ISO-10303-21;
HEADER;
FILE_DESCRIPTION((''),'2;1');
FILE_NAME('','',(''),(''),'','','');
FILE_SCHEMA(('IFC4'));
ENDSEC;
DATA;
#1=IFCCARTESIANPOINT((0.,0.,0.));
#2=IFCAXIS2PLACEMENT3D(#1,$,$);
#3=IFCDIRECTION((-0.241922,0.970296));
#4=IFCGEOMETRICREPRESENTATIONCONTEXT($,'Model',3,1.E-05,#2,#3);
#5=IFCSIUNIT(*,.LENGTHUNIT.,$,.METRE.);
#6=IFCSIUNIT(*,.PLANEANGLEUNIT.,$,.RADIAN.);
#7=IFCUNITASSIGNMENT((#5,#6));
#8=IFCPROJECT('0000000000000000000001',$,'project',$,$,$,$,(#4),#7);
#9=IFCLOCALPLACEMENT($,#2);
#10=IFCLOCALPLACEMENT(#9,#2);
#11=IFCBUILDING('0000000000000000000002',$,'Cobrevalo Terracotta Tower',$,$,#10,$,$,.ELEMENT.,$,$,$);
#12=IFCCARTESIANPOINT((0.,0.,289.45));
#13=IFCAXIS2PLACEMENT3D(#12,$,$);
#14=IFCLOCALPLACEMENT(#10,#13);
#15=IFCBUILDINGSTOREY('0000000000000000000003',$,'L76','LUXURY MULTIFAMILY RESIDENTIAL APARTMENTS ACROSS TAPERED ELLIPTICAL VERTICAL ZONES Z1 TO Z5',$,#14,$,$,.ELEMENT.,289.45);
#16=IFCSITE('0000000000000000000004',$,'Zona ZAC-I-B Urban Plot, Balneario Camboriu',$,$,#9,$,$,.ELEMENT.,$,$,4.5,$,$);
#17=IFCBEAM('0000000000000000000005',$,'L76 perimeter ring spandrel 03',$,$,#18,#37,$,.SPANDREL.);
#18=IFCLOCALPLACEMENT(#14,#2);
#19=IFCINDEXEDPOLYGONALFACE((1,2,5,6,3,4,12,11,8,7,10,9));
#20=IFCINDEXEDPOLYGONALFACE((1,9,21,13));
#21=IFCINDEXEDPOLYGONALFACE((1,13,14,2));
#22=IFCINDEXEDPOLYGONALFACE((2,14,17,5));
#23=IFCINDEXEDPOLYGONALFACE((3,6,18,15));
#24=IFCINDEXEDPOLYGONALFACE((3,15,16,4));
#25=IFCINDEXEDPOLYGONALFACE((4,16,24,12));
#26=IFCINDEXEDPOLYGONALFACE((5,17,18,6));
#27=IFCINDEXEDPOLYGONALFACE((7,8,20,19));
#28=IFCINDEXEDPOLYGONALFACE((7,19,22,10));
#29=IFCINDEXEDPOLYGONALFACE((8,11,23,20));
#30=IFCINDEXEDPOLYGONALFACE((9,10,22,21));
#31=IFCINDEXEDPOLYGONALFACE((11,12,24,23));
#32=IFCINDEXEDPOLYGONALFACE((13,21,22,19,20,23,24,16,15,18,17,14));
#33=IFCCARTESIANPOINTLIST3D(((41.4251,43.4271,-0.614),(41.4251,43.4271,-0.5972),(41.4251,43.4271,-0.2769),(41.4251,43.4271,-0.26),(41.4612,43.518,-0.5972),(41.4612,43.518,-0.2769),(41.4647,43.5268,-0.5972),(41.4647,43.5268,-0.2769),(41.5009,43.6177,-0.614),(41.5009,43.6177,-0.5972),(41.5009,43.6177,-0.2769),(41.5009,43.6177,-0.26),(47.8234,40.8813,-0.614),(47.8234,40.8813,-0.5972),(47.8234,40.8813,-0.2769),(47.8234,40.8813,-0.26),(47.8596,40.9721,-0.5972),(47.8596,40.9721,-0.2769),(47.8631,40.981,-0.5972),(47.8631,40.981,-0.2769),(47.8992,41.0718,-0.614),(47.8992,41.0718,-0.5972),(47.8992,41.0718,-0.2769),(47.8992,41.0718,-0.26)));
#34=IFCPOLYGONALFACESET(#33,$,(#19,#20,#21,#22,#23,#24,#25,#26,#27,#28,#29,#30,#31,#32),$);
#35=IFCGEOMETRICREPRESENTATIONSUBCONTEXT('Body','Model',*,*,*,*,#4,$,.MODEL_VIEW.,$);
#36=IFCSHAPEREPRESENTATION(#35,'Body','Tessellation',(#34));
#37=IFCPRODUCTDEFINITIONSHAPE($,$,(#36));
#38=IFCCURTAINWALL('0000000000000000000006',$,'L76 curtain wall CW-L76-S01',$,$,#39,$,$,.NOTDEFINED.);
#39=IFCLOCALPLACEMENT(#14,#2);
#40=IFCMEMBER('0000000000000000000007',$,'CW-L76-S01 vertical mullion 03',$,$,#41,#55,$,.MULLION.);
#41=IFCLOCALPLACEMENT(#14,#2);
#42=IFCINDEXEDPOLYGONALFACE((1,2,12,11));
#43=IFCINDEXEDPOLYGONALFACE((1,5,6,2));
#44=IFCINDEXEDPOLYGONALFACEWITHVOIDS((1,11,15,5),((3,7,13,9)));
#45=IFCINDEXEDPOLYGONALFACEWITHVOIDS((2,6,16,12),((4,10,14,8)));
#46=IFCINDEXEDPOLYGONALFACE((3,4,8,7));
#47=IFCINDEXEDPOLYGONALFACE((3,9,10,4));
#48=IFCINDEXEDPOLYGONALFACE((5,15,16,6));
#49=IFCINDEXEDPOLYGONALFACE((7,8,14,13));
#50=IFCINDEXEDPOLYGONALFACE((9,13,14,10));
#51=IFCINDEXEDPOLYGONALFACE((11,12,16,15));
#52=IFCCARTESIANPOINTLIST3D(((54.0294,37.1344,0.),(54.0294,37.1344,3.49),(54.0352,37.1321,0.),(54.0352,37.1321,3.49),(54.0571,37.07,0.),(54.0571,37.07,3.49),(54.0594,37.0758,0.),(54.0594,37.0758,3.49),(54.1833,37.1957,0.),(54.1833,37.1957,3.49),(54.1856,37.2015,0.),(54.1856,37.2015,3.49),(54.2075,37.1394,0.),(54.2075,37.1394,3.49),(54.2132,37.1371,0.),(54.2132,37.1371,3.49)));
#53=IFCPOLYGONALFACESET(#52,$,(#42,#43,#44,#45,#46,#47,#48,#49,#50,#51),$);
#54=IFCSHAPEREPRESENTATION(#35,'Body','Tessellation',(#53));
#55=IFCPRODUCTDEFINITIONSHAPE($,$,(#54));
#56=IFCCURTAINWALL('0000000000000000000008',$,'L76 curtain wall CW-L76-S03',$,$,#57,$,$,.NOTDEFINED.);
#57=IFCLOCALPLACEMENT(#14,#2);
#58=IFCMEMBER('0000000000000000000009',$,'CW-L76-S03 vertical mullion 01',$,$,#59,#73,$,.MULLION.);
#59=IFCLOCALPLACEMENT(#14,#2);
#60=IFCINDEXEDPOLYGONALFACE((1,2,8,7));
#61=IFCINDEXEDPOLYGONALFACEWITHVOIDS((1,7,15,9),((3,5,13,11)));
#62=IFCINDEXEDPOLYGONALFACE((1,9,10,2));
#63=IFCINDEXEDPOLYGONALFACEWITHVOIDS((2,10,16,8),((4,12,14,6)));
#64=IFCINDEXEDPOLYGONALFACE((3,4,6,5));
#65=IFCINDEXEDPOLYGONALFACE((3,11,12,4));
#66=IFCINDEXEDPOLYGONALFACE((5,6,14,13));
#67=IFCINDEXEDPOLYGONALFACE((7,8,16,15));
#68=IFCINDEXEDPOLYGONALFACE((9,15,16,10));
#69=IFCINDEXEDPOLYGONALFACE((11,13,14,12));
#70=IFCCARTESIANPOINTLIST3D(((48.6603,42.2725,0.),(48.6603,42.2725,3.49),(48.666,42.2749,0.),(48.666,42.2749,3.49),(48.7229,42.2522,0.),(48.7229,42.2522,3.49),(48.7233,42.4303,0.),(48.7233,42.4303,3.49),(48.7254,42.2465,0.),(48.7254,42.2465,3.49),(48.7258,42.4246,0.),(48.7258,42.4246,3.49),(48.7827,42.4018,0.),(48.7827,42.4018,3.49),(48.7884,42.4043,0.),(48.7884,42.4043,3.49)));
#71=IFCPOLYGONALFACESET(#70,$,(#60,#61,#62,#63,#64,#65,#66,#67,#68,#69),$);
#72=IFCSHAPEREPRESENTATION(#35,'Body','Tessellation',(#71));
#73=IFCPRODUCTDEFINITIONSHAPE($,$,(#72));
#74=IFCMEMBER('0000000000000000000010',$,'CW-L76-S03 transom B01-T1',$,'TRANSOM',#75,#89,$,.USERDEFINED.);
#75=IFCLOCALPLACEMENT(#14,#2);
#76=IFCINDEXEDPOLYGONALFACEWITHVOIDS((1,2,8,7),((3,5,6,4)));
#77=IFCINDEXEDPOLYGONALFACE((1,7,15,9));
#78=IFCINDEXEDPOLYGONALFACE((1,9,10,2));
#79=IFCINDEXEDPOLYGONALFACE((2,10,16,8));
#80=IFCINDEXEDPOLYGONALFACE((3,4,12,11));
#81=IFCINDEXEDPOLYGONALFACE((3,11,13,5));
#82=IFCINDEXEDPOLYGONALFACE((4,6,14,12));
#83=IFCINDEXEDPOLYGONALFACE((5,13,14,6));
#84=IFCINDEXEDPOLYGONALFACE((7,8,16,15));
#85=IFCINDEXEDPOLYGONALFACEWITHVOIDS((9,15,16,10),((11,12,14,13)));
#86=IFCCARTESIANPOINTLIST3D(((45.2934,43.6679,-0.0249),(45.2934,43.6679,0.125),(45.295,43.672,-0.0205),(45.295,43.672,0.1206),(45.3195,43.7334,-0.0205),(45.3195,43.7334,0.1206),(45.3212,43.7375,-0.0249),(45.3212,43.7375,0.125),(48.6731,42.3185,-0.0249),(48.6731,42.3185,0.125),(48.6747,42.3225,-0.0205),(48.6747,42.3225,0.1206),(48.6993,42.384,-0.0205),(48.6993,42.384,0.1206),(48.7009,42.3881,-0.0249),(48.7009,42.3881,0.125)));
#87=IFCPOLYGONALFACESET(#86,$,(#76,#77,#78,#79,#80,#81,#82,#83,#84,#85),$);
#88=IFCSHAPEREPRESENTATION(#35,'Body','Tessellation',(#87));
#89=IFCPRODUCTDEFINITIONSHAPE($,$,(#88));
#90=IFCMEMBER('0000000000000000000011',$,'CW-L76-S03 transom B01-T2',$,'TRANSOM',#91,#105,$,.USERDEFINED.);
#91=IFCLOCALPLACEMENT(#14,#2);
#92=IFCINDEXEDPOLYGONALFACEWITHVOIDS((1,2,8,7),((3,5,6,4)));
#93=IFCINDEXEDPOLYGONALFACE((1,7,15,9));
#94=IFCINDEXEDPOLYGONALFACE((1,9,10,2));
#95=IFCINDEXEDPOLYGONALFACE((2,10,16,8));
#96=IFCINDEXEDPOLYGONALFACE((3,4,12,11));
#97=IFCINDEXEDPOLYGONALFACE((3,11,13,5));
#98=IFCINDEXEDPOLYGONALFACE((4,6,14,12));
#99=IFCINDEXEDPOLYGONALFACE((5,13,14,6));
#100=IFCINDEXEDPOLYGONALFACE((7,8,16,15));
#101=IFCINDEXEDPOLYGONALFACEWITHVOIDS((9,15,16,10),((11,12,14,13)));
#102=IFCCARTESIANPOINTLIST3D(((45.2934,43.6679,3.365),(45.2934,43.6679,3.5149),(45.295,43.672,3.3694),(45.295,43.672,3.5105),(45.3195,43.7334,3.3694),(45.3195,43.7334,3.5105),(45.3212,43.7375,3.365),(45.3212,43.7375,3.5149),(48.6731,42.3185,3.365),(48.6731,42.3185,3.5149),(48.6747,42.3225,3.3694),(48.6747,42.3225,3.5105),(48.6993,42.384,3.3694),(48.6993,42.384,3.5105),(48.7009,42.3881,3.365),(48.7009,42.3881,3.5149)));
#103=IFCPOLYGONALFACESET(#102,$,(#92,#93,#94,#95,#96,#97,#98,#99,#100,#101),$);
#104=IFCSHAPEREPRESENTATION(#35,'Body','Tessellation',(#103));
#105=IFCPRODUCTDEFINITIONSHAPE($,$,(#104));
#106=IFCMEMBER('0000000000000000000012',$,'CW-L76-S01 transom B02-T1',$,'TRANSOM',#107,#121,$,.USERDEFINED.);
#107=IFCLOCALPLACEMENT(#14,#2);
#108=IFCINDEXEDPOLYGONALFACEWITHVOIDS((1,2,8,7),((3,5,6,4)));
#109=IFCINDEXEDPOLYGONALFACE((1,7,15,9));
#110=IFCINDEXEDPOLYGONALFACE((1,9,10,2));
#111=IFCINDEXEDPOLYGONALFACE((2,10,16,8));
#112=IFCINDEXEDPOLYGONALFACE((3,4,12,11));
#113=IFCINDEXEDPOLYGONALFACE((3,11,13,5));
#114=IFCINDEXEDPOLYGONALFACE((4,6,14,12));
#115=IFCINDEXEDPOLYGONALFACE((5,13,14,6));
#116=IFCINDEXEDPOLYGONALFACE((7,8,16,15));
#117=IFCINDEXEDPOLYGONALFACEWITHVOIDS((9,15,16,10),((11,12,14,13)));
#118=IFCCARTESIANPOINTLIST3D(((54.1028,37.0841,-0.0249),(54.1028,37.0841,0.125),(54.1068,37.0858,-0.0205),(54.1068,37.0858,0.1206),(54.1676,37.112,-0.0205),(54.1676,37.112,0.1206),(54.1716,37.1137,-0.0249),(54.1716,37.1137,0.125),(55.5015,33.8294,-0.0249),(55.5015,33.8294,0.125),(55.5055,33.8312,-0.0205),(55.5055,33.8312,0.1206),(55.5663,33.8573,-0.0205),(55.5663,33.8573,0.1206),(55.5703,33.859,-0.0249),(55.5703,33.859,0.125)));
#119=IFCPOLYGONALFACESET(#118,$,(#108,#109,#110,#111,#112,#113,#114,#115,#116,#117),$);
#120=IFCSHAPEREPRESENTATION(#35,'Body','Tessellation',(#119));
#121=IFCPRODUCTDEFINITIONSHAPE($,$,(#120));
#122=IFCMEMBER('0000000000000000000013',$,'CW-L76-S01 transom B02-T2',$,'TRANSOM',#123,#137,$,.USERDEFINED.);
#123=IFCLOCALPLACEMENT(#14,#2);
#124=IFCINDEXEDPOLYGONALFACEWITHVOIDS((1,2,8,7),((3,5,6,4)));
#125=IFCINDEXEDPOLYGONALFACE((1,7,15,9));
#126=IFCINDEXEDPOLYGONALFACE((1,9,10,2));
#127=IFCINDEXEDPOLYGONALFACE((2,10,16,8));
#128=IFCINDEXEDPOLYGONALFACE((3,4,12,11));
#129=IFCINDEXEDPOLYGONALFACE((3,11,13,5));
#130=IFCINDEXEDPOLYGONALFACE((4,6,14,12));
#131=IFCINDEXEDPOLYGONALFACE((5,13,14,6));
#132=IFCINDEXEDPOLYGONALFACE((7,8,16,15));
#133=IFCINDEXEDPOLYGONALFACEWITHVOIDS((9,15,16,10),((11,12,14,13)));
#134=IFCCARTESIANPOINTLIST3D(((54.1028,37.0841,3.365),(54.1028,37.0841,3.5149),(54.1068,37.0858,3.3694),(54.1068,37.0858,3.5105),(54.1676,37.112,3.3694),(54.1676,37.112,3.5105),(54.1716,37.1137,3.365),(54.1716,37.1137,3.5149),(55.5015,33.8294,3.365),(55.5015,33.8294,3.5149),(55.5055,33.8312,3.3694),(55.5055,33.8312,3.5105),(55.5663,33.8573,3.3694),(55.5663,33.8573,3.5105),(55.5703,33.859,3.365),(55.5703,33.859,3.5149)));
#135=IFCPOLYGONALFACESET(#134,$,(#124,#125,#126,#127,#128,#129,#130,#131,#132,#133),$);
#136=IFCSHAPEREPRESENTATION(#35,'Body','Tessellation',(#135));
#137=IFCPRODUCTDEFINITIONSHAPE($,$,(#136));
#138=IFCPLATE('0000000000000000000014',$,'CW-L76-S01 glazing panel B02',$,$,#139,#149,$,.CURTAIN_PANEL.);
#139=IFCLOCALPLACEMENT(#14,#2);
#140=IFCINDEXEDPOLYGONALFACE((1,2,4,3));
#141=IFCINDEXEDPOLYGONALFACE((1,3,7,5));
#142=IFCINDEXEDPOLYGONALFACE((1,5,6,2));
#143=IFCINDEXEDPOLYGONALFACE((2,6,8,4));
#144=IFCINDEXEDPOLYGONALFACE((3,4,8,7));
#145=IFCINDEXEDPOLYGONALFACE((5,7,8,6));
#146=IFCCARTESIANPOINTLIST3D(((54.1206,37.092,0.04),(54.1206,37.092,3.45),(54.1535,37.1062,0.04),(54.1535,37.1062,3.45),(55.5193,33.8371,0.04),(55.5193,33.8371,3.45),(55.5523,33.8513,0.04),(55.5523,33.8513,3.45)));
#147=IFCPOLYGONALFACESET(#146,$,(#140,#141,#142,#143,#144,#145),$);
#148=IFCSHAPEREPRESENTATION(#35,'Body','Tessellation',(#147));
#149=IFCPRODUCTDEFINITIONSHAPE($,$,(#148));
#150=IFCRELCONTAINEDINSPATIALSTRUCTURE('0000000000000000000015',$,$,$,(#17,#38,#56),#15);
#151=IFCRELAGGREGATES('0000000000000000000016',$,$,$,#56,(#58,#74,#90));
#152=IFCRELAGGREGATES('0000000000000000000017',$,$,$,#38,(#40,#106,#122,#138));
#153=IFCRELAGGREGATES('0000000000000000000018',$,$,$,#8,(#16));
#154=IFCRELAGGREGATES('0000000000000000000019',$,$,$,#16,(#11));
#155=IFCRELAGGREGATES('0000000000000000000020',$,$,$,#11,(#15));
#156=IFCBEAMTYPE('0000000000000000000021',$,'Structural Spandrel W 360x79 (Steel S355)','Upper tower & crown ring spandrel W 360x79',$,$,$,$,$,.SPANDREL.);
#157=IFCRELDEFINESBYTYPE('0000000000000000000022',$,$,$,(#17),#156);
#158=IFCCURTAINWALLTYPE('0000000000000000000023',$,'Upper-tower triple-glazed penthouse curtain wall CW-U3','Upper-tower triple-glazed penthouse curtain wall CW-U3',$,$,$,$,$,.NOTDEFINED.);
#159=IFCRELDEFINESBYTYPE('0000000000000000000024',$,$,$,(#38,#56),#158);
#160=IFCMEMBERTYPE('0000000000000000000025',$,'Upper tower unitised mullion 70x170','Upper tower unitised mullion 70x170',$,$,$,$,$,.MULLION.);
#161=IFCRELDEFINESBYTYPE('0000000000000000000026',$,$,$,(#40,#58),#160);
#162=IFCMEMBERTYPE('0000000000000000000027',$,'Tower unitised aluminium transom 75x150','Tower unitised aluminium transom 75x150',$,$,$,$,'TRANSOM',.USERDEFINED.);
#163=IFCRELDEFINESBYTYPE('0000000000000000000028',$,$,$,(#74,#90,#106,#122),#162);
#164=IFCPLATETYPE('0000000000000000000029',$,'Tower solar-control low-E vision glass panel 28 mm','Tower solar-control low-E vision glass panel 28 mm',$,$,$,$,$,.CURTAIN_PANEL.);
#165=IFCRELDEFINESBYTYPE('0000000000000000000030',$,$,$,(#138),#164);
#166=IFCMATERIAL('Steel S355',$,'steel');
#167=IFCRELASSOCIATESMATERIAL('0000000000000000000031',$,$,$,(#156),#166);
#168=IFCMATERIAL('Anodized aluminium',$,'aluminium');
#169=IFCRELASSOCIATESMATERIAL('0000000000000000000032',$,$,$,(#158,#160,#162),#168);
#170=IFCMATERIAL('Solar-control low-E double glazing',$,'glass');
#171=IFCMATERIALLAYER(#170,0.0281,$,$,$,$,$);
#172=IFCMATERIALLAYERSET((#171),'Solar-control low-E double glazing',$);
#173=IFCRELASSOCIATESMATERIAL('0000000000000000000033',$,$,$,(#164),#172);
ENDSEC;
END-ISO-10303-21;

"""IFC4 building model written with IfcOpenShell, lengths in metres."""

from ifc_helpers import new_model, si_unit, direction, frame, origin, origin_2d, place, context, subcontext, project, spatial, rectangle, hollow_rectangle, i_section, extrude, source, transform, mapped, material, layer, layer_set, material_profile, profile_set, type_object, element, aggregate, save


model = new_model("IFC4")

# Units and contexts
model_context = context("Model", 3, precision=1e-05, world=origin(), true_north=direction((-0.241922, 0.970296)))
body_context = subcontext(model_context, "Body", "Model", "MODEL_VIEW")
ifc_project = project(units=[si_unit("LENGTHUNIT", "METRE"), si_unit("PLANEANGLEUNIT", "RADIAN")], contexts=[model_context])

# Site, building, storey
site_placement = place(None, origin())
site = spatial("IfcSite", under=ifc_project, at=site_placement, Name="Zona ZAC-I-B Urban Plot, Balneario Camboriu", CompositionType="ELEMENT", RefElevation=4.5)
building_placement = place(site_placement, origin())
building = spatial("IfcBuilding", under=site, at=building_placement, Name="Cobrevalo Terracotta Tower", CompositionType="ELEMENT")
storey_placement = place(building_placement, frame((0.0, 0.0, 289.45)))
storey = spatial("IfcBuildingStorey", under=building, at=storey_placement, Name="L76", Description="LUXURY MULTIFAMILY RESIDENTIAL APARTMENTS ACROSS TAPERED ELLIPTICAL VERTICAL ZONES Z1 TO Z5", CompositionType="ELEMENT", Elevation=289.45)

# Shared definitions
ifc_material_1 = material(Name="Steel S355", Category="steel")

# Beam
ifc_material_profile_1 = material_profile(ifc_material_1, i_section(OverallWidth=0.2051, OverallDepth=0.354, WebThickness=0.0095, FlangeThickness=0.0168, at=origin_2d()), Name="W 360x79")
ifc_profile_set_1 = profile_set([ifc_material_profile_1], Name="Steel S355")
beam_type_1 = type_object("IfcBeamType", Name="Structural Spandrel W 360x79 (Steel S355)", Description="Upper tower & crown ring spandrel W 360x79", PredefinedType="SPANDREL", material=ifc_profile_set_1)
beam_1_placement = place(storey_placement, frame((47.8613, 40.9766, -0.437), z_axis=(-0.92915, 0.369703, 0.0), x_axis=(-0.369703, -0.92915, 0.0)))
element("IfcBeam", 1, at=beam_1_placement, inside=storey, type_object=beam_type_1, Name="L76 perimeter ring spandrel 03", PredefinedType="SPANDREL", context=body_context, shape_type="SweptSolid", body=[
    extrude(i_section(OverallWidth=0.2051, OverallDepth=0.354, WebThickness=0.0095, FlangeThickness=0.0168, at=origin_2d()), origin(), (0.0, 0.0, 1.0), 6.8862),
])

# Curtain wall, member
ifc_material_2 = material(Name="Anodized aluminium", Category="aluminium")
curtain_wall_type = type_object("IfcCurtainWallType", Name="Upper-tower triple-glazed penthouse curtain wall CW-U3", Description="Upper-tower triple-glazed penthouse curtain wall CW-U3", PredefinedType="NOTDEFINED", material=ifc_material_2)
curtain_wall_1_placement = place(storey_placement, origin())
curtain_wall_1 = element("IfcCurtainWall", 2, at=curtain_wall_1_placement, inside=storey, type_object=curtain_wall_type, Name="L76 curtain wall CW-L76-S01", PredefinedType="NOTDEFINED")
ifc_material_profile_2 = material_profile(ifc_material_2, hollow_rectangle(XDim=0.0701, YDim=0.1699, WallThickness=0.0044, at=origin_2d()), Name="CWM 70x170")
ifc_profile_set_2 = profile_set([ifc_material_profile_2], Name="Anodized aluminium")
member_type_1 = type_object("IfcMemberType", Name="Upper tower unitised mullion 70x170", Description="Upper tower unitised mullion 70x170", PredefinedType="MULLION", material=ifc_profile_set_2)
shared_shape_1 = source(origin(), body_context, "Body", "SweptSolid", [
    extrude(hollow_rectangle(XDim=0.0701, YDim=0.1699, WallThickness=0.0044, at=origin_2d()), origin(), (0.0, 0.0, 1.0), 3.49),
])
member_1_placement = place(storey_placement, frame((54.1213, 37.1357, 0.0), z_axis=(0.0, 0.0, 1.0), x_axis=(-0.394824, 0.918757, 0.0)))
member_1 = element("IfcMember", 3, at=member_1_placement, type_object=member_type_1, Name="CW-L76-S01 vertical mullion 03", PredefinedType="MULLION", context=body_context, shape_type="MappedRepresentation", body=[
    mapped(shared_shape_1, transform((0.0, 0.0, 0.0), scale=1.0)),
])

# Curtain wall, members
curtain_wall_2_placement = place(storey_placement, origin())
curtain_wall_2 = element("IfcCurtainWall", 4, at=curtain_wall_2_placement, inside=storey, type_object=curtain_wall_type, Name="L76 curtain wall CW-L76-S03", PredefinedType="NOTDEFINED")
member_2_placement = place(storey_placement, frame((48.7244, 42.3384, 0.0), z_axis=(0.0, 0.0, 1.0), x_axis=(-0.928719, 0.370784, 0.0)))
member_2 = element("IfcMember", 5, at=member_2_placement, type_object=member_type_1, Name="CW-L76-S03 vertical mullion 01", PredefinedType="MULLION", context=body_context, shape_type="MappedRepresentation", body=[
    mapped(shared_shape_1, transform((0.0, 0.0, 0.0), scale=1.0)),
])
ifc_material_profile_3 = material_profile(ifc_material_2, hollow_rectangle(XDim=0.075, YDim=0.1499, WallThickness=0.0044, at=origin_2d()), Name="CWT 75x150")
ifc_profile_set_3 = profile_set([ifc_material_profile_3], Name="Anodized aluminium")
member_type_2 = type_object("IfcMemberType", Name="Tower unitised aluminium transom 75x150", Description="Tower unitised aluminium transom 75x150", ElementType="TRANSOM", PredefinedType="USERDEFINED", material=ifc_profile_set_3)
shared_shape_2 = source(origin(), body_context, "Body", "SweptSolid", [
    extrude(hollow_rectangle(XDim=0.075, YDim=0.1499, WallThickness=0.0044, at=origin_2d()), origin(), (0.0, 0.0, 1.0), 3.6392),
])
member_3_placement = place(storey_placement, frame((48.687, 42.3533, 0.05), z_axis=(-0.928712, 0.370801, 0.0), x_axis=(-0.370801, -0.928712, 0.0)))
member_3 = element("IfcMember", 6, at=member_3_placement, type_object=member_type_2, Name="CW-L76-S03 transom B01-T1", ObjectType="TRANSOM", PredefinedType="USERDEFINED", context=body_context, shape_type="MappedRepresentation", body=[
    mapped(shared_shape_2, transform((0.0, 0.0, 0.0), scale=1.0)),
])
member_4_placement = place(storey_placement, frame((48.687, 42.3533, 3.4399), z_axis=(-0.928712, 0.370801, 0.0), x_axis=(-0.370801, -0.928712, 0.0)))
member_4 = element("IfcMember", 7, at=member_4_placement, type_object=member_type_2, Name="CW-L76-S03 transom B01-T2", ObjectType="TRANSOM", PredefinedType="USERDEFINED", context=body_context, shape_type="MappedRepresentation", body=[
    mapped(shared_shape_2, transform((0.0, 0.0, 0.0), scale=1.0)),
])
aggregate(curtain_wall_2, [member_2, member_3, member_4])

# Members
shared_shape_3 = source(origin(), body_context, "Body", "SweptSolid", [
    extrude(hollow_rectangle(XDim=0.075, YDim=0.1499, WallThickness=0.0044, at=origin_2d()), origin(), (0.0, 0.0, 1.0), 3.5425),
])
member_5_placement = place(storey_placement, frame((55.5359, 33.8442, 0.05), z_axis=(-0.394834, 0.918752, 0.0), x_axis=(-0.918752, -0.394834, 0.0)))
member_5 = element("IfcMember", 8, at=member_5_placement, type_object=member_type_2, Name="CW-L76-S01 transom B02-T1", ObjectType="TRANSOM", PredefinedType="USERDEFINED", context=body_context, shape_type="MappedRepresentation", body=[
    mapped(shared_shape_3, transform((0.0, 0.0, 0.0), scale=1.0)),
])
member_6_placement = place(storey_placement, frame((55.5359, 33.8442, 3.4399), z_axis=(-0.394834, 0.918752, 0.0), x_axis=(-0.918752, -0.394834, 0.0)))
member_6 = element("IfcMember", 9, at=member_6_placement, type_object=member_type_2, Name="CW-L76-S01 transom B02-T2", ObjectType="TRANSOM", PredefinedType="USERDEFINED", context=body_context, shape_type="MappedRepresentation", body=[
    mapped(shared_shape_3, transform((0.0, 0.0, 0.0), scale=1.0)),
])

# Plate
ifc_material_3 = material(Name="Solar-control low-E double glazing", Category="glass")
ifc_layer_1 = layer(ifc_material_3, 0.0281)
ifc_layer_set_1 = layer_set([ifc_layer_1], Name="Solar-control low-E double glazing")
plate_type = type_object("IfcPlateType", Name="Tower solar-control low-E vision glass panel 28 mm", Description="Tower solar-control low-E vision glass panel 28 mm", PredefinedType="CURTAIN_PANEL", material=ifc_layer_set_1)
shared_shape_4 = source(origin(), body_context, "Body", "SweptSolid", [
    extrude(rectangle(XDim=3.5427, YDim=0.0359, at=origin_2d()), origin(), (0.0, 0.0, 1.0), 3.4099),
])
plate_placement = place(storey_placement, frame((54.8364, 35.4717, 0.04), z_axis=(0.0, 0.0, 1.0), x_axis=(-0.394829, 0.918755, 0.0)))
plate = element("IfcPlate", 10, at=plate_placement, type_object=plate_type, Name="CW-L76-S01 glazing panel B02", PredefinedType="CURTAIN_PANEL", context=body_context, shape_type="MappedRepresentation", body=[
    mapped(shared_shape_4, transform((0.0, 0.0, 0.0), scale=1.0)),
])
aggregate(curtain_wall_1, [member_1, member_5, member_6, plate])

save(model, "model.ifc")
